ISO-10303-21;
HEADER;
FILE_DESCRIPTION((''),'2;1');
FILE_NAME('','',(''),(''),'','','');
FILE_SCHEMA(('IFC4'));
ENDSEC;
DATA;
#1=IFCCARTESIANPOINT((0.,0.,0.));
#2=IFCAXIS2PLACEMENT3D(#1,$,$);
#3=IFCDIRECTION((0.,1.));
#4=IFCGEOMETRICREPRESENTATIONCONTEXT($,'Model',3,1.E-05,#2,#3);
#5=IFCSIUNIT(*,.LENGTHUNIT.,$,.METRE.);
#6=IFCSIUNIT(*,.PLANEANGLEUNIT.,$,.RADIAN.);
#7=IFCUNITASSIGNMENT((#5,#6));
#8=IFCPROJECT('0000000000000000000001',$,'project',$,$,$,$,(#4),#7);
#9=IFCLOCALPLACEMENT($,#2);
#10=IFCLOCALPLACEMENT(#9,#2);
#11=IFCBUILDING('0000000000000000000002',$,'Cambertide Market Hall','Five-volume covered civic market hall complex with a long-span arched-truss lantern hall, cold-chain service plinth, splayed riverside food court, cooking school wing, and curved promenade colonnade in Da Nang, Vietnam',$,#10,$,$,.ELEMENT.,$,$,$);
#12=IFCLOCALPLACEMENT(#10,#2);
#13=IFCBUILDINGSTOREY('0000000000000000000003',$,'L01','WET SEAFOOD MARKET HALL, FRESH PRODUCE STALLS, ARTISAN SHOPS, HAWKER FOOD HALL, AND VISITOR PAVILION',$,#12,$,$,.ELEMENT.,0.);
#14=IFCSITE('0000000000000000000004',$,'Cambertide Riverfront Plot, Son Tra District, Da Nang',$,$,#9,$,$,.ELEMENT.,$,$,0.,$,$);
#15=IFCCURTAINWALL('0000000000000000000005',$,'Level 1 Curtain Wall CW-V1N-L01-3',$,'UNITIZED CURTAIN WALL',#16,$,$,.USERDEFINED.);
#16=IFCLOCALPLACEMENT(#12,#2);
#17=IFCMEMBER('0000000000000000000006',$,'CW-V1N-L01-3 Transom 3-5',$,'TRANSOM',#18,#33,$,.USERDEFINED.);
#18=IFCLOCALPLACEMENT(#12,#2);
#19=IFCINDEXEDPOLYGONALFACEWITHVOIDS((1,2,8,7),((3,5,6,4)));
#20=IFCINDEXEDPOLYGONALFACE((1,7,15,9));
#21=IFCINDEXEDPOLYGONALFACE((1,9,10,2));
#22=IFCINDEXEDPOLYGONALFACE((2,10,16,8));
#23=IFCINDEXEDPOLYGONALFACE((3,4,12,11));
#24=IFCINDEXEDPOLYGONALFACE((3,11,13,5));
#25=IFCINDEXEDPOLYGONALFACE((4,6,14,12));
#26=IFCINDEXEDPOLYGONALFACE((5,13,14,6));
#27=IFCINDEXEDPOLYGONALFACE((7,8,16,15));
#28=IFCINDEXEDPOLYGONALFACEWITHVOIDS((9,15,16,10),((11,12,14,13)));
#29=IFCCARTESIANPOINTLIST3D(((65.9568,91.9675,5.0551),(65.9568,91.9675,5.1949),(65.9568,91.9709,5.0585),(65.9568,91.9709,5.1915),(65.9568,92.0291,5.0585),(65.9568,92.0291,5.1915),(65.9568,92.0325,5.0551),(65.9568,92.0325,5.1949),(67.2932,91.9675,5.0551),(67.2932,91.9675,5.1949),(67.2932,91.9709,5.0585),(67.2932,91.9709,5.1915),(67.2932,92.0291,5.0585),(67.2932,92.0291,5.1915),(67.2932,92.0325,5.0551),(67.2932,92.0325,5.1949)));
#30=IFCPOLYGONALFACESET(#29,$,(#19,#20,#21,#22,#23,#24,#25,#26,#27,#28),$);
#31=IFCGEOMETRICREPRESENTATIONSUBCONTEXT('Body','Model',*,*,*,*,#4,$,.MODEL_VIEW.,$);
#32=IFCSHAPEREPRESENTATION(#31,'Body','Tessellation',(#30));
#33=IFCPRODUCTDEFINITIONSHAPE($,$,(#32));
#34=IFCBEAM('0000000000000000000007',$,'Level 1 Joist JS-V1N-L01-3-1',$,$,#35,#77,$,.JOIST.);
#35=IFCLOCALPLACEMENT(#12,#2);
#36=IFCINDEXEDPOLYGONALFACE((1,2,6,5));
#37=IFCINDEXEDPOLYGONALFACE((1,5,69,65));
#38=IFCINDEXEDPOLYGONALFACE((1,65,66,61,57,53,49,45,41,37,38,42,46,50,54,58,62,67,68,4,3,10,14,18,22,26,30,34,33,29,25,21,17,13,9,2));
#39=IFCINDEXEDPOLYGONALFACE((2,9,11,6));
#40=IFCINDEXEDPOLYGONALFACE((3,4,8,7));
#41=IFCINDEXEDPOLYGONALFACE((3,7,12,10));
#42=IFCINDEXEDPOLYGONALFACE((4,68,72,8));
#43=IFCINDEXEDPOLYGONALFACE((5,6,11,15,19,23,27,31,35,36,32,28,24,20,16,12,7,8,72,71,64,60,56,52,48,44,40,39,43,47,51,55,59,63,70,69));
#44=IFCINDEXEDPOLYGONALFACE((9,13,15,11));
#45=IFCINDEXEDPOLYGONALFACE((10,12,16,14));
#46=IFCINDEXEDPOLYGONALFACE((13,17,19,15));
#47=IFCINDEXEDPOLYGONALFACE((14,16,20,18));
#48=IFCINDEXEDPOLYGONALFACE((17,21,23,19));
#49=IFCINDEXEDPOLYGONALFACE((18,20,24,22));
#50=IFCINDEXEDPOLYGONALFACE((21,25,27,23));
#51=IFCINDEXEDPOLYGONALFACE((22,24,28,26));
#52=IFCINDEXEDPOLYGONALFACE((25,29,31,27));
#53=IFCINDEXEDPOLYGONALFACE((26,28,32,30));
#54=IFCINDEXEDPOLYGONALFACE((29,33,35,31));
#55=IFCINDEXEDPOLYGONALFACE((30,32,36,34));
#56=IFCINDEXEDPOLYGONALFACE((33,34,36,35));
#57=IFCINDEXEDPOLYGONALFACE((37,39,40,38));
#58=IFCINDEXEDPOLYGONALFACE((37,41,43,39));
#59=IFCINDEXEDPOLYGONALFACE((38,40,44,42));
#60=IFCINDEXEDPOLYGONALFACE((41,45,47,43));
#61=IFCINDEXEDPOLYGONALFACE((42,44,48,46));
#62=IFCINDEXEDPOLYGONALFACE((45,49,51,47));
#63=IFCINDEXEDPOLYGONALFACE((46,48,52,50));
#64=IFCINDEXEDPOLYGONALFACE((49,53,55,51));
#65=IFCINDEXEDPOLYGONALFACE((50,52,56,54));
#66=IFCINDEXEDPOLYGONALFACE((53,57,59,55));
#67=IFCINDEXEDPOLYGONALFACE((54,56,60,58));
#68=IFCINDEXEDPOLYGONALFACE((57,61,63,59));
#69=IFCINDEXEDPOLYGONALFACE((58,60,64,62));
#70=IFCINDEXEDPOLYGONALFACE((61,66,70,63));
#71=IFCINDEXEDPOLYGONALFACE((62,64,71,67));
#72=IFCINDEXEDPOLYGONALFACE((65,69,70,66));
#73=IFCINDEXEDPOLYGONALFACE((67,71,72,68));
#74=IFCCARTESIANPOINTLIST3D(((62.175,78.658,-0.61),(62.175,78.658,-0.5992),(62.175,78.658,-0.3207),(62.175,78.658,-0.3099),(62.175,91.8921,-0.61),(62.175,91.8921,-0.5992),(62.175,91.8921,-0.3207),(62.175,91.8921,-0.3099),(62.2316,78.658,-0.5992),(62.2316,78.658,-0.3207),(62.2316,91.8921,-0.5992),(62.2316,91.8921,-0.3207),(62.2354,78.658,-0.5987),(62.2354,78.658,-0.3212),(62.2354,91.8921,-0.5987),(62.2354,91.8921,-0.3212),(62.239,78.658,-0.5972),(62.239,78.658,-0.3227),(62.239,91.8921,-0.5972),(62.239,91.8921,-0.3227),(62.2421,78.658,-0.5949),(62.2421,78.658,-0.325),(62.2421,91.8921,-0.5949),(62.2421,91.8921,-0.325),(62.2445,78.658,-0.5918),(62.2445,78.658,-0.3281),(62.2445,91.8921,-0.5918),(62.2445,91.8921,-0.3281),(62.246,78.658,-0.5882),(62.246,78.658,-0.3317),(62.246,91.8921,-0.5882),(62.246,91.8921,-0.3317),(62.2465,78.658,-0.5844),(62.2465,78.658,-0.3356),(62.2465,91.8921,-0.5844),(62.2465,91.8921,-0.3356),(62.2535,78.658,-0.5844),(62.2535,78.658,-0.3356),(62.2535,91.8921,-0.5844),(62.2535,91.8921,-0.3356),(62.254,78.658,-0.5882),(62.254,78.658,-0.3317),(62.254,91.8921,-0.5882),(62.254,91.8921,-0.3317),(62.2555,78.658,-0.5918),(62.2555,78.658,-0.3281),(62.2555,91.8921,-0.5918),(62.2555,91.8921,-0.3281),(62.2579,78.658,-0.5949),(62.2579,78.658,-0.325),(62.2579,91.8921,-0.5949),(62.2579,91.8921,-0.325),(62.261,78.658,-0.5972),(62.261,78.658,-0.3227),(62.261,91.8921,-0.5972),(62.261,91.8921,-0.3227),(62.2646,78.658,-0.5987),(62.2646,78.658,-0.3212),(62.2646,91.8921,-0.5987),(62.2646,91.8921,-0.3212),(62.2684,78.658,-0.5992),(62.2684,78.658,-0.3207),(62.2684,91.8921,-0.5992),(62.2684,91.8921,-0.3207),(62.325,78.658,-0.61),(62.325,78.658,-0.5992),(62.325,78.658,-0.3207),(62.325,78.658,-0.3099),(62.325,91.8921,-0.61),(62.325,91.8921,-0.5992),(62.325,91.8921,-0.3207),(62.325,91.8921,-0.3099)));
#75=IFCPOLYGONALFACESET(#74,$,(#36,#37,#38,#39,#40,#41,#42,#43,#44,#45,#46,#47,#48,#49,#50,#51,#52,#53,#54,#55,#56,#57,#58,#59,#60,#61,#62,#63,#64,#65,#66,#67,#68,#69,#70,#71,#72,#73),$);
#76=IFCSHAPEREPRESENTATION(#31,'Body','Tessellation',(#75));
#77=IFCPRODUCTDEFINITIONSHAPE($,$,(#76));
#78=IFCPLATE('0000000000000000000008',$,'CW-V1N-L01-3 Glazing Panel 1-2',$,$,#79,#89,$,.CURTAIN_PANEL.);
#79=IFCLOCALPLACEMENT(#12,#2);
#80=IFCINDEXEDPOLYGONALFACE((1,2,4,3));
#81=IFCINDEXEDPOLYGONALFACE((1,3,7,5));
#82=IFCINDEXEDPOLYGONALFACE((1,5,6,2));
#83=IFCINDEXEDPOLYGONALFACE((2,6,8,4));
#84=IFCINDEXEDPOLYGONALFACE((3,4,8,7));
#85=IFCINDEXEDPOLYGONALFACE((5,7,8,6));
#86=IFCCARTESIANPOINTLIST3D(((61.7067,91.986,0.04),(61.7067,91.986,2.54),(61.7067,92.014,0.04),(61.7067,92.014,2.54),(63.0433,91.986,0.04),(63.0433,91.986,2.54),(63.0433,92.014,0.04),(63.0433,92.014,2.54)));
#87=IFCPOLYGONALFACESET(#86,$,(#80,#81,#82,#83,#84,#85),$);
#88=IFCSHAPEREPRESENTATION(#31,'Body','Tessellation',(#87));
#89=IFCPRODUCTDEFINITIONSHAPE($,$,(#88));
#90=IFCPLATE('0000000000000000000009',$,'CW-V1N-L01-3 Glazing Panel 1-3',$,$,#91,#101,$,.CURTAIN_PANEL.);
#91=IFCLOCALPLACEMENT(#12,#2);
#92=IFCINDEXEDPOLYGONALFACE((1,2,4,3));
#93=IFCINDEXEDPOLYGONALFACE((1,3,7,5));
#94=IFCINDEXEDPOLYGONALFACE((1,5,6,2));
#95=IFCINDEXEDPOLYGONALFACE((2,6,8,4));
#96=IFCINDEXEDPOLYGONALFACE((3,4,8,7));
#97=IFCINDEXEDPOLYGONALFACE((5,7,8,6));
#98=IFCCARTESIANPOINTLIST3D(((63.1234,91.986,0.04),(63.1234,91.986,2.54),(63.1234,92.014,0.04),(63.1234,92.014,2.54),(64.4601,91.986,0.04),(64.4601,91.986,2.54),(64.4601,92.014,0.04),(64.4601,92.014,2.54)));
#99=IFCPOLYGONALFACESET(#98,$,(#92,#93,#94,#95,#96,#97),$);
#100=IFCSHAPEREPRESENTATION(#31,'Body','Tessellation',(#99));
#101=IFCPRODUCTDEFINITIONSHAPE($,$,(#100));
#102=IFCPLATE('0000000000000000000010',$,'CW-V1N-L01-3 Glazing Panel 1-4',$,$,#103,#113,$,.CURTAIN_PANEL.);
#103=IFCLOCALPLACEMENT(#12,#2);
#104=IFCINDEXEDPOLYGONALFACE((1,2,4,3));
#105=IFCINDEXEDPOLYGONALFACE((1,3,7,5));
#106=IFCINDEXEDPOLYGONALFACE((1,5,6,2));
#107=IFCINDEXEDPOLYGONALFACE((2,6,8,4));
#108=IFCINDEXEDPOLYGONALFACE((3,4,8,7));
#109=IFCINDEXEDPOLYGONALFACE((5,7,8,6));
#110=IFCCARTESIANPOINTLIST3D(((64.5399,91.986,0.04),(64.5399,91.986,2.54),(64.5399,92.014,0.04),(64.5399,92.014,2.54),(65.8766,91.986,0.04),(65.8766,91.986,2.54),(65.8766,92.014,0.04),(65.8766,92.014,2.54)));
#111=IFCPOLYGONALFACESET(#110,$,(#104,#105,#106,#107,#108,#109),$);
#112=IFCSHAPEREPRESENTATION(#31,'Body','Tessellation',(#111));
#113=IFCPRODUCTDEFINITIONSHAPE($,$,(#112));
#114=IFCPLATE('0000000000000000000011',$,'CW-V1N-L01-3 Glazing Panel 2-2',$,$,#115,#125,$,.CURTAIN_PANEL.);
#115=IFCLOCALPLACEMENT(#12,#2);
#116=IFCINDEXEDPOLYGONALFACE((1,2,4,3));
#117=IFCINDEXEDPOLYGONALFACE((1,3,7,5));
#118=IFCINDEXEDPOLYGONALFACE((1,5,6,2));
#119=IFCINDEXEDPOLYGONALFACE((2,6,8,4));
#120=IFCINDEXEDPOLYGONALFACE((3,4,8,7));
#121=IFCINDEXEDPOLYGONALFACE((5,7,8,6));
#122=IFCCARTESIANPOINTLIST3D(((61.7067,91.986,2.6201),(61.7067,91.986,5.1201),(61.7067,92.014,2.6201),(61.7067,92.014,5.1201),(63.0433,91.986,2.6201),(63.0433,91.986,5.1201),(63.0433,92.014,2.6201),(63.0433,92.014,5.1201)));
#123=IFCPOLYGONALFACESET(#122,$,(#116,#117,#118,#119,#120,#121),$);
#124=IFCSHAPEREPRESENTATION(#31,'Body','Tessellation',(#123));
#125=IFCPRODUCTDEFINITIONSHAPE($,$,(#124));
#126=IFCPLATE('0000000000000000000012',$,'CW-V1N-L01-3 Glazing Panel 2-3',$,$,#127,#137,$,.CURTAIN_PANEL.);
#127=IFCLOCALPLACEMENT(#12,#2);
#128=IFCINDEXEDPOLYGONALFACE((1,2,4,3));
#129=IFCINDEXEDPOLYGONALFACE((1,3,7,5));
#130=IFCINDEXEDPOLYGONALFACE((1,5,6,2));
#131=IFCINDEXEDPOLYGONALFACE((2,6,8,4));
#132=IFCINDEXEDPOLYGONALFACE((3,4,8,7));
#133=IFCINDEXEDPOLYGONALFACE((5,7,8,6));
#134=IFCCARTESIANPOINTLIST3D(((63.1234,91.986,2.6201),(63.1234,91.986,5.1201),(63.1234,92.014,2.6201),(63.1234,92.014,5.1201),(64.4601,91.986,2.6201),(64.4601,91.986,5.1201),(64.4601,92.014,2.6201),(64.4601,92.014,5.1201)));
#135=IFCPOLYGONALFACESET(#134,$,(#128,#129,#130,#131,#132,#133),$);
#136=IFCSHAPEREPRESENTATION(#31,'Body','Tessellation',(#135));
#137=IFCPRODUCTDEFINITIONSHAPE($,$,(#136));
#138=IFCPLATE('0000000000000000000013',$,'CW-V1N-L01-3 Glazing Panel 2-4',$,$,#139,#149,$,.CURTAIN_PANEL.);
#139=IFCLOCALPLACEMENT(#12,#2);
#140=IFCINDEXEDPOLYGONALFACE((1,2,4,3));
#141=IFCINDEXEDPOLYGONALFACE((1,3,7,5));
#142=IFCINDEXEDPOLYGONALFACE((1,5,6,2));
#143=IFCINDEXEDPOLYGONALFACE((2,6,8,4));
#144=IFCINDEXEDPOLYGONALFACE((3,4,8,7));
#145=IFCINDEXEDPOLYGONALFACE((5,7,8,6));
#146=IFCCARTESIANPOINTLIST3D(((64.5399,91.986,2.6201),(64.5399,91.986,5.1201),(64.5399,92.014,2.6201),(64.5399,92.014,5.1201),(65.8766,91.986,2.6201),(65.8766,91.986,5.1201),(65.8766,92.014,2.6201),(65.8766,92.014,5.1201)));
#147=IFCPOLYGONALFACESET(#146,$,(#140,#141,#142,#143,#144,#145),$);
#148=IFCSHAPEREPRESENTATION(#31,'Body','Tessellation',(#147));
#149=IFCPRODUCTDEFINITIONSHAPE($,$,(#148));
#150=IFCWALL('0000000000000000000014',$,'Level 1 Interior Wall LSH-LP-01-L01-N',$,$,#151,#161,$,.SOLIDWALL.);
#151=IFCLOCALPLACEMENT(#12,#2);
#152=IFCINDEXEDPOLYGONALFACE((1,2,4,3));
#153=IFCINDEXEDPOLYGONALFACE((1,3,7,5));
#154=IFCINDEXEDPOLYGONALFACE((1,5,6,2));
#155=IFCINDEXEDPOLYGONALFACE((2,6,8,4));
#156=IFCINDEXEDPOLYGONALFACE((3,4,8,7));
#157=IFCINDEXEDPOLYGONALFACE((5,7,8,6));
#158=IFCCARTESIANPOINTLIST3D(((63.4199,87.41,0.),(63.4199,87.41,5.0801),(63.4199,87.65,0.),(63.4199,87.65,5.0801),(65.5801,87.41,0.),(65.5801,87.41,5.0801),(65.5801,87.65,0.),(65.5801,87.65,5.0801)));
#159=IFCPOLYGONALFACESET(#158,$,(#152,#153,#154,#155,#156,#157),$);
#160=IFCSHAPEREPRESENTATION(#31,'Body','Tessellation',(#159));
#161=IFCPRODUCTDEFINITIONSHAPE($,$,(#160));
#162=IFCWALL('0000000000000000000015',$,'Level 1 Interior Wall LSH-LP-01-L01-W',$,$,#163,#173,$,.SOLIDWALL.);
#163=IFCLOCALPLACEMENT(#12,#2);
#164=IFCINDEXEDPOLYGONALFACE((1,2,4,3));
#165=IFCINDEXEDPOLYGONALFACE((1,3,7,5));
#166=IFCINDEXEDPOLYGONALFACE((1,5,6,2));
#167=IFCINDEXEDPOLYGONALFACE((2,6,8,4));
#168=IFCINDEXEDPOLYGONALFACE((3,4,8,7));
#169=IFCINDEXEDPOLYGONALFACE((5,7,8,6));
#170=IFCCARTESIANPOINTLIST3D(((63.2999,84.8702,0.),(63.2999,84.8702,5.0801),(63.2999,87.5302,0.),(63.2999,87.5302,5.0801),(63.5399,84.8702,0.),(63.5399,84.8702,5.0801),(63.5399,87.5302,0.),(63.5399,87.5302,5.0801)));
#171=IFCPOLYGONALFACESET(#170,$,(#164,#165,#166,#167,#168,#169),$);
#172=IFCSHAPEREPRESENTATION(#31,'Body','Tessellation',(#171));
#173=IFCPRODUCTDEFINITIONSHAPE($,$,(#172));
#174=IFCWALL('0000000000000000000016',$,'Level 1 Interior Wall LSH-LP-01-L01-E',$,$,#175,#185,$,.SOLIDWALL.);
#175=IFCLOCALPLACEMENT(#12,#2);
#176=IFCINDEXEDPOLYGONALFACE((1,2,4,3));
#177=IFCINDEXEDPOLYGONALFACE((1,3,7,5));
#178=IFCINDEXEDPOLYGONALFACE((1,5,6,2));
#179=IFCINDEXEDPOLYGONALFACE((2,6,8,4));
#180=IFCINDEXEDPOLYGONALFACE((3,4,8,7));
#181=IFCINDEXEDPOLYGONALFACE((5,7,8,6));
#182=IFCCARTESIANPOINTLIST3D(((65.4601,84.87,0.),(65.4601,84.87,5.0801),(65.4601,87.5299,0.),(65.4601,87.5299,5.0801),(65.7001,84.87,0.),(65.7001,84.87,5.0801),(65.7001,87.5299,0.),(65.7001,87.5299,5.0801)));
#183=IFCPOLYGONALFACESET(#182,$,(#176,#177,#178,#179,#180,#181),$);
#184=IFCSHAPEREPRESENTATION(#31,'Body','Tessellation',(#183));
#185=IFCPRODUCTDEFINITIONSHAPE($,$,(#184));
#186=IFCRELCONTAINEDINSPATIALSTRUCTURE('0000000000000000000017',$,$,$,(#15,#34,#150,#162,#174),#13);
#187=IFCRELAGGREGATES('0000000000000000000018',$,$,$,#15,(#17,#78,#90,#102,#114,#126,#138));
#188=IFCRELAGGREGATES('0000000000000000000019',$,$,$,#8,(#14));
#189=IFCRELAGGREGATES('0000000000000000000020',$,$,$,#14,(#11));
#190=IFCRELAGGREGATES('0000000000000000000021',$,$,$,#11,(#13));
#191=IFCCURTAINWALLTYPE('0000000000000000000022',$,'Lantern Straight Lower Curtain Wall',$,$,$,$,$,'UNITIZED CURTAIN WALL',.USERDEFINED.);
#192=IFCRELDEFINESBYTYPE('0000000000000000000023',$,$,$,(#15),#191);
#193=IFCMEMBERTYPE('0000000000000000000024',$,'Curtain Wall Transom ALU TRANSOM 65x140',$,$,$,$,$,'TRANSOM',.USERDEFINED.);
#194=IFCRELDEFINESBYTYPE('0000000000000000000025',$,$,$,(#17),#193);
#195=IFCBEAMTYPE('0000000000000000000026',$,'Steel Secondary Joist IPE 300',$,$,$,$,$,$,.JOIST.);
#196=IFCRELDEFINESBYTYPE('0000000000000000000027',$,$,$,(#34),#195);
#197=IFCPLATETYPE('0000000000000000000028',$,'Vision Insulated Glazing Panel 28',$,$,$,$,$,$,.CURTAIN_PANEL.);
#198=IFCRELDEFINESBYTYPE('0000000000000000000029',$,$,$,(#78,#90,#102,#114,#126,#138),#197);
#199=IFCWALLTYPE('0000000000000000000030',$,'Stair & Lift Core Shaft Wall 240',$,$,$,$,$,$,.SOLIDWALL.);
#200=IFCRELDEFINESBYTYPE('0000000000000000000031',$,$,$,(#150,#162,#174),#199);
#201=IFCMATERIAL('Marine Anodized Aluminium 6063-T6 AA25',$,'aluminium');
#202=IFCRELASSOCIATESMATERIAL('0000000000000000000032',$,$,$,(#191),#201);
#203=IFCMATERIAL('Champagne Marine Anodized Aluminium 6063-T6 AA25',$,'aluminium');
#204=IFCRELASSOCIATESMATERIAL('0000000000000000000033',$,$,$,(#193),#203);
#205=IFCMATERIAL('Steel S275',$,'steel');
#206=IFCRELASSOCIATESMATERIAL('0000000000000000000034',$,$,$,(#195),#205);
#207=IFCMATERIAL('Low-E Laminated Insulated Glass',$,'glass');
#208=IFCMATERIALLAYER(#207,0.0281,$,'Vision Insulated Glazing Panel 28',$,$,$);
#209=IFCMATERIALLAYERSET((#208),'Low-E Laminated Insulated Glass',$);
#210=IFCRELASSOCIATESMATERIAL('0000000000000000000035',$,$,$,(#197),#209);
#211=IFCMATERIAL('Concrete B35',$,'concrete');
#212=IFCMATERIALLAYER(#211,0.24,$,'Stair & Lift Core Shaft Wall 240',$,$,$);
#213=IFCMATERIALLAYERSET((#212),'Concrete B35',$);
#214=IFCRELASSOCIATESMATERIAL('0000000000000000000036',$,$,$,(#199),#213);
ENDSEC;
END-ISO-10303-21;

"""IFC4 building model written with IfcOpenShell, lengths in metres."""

from ifc_helpers import new_model, si_unit, direction, frame, frame_2d, origin, origin_2d, place, context, subcontext, project, spatial, rectangle, hollow_rectangle, i_section, extrude, material, layer, layer_set, material_profile, profile_set, type_object, element, aggregate, save


model = new_model("IFC4")

# Units and contexts
model_context = context("Model", 3, precision=1e-05, world=origin(), true_north=direction((0.0, 1.0)))
body_context = subcontext(model_context, "Body", "Model", "MODEL_VIEW")
ifc_project = project(units=[si_unit("LENGTHUNIT", "METRE"), si_unit("PLANEANGLEUNIT", "RADIAN")], contexts=[model_context])

# Site, building, storey
site_placement = place(None, origin())
site = spatial("IfcSite", under=ifc_project, at=site_placement, Name="Cambertide Riverfront Plot, Son Tra District, Da Nang", CompositionType="ELEMENT", RefElevation=0.0)
building_placement = place(site_placement, origin())
building = spatial("IfcBuilding", under=site, at=building_placement, Name="Cambertide Market Hall", Description="Five-volume covered civic market hall complex with a long-span arched-truss lantern hall, cold-chain service plinth, splayed riverside food court, cooking school wing, and curved promenade colonnade in Da Nang, Vietnam", CompositionType="ELEMENT")
storey_placement = place(building_placement, origin())
storey = spatial("IfcBuildingStorey", under=building, at=storey_placement, Name="L01", Description="WET SEAFOOD MARKET HALL, FRESH PRODUCE STALLS, ARTISAN SHOPS, HAWKER FOOD HALL, AND VISITOR PAVILION", CompositionType="ELEMENT", Elevation=0.0)

# Curtain wall, member
ifc_material_1 = material(Name="Marine Anodized Aluminium 6063-T6 AA25", Category="aluminium")
curtain_wall_type = type_object("IfcCurtainWallType", Name="Lantern Straight Lower Curtain Wall", ElementType="UNITIZED CURTAIN WALL", PredefinedType="USERDEFINED", material=ifc_material_1)
curtain_wall_placement = place(storey_placement, origin())
curtain_wall = element("IfcCurtainWall", 1, at=curtain_wall_placement, inside=storey, type_object=curtain_wall_type, Name="Level 1 Curtain Wall CW-V1N-L01-3", ObjectType="UNITIZED CURTAIN WALL", PredefinedType="USERDEFINED")
ifc_material_2 = material(Name="Champagne Marine Anodized Aluminium 6063-T6 AA25", Category="aluminium")
ifc_material_profile_1 = material_profile(ifc_material_2, hollow_rectangle(XDim=0.0649, YDim=0.1399, WallThickness=0.0034, at=origin_2d()), Name="ALU TRANSOM 65x140")
ifc_profile_set_1 = profile_set([ifc_material_profile_1], Name="Champagne Marine Anodized Aluminium 6063-T6 AA25")
member_type_1 = type_object("IfcMemberType", Name="Curtain Wall Transom ALU TRANSOM 65x140", ElementType="TRANSOM", PredefinedType="USERDEFINED", material=ifc_profile_set_1)
member_1_placement = place(storey_placement, frame((65.9568, 92.0, 5.125), z_axis=(1.0, 0.0, 0.0), x_axis=(0.0, 1.0, 0.0)))
member_1 = element("IfcMember", 2, at=member_1_placement, type_object=member_type_1, Name="CW-V1N-L01-3 Transom 3-5", ObjectType="TRANSOM", PredefinedType="USERDEFINED", context=body_context, shape_type="SweptSolid", body=[
    extrude(hollow_rectangle(XDim=0.0649, YDim=0.1399, WallThickness=0.0034, at=origin_2d()), origin(), (0.0, 0.0, 1.0), 1.3364),
])

# Beam
ifc_material_3 = material(Name="Steel S275", Category="steel")
ifc_material_profile_2 = material_profile(ifc_material_3, i_section(OverallWidth=0.1499, OverallDepth=0.3, WebThickness=0.0071, FlangeThickness=0.0107, FilletRadius=0.0149, at=origin_2d()), Name="IPE 300")
ifc_profile_set_2 = profile_set([ifc_material_profile_2], Name="Steel S275")
beam_type = type_object("IfcBeamType", Name="Steel Secondary Joist IPE 300", PredefinedType="JOIST", material=ifc_profile_set_2)
beam_placement = place(storey_placement, frame((62.25, 78.658, -0.46), z_axis=(0.0, 1.0, 0.0), x_axis=(-1.0, 0.0, 0.0)))
element("IfcBeam", 3, at=beam_placement, inside=storey, type_object=beam_type, Name="Level 1 Joist JS-V1N-L01-3-1", PredefinedType="JOIST", context=body_context, shape_type="SweptSolid", body=[
    extrude(i_section(OverallWidth=0.1499, OverallDepth=0.3, WebThickness=0.0071, FlangeThickness=0.0107, FilletRadius=0.0149, at=origin_2d()), origin(), (0.0, 0.0, 1.0), 13.2341),
])

# Plates
ifc_material_4 = material(Name="Low-E Laminated Insulated Glass", Category="glass")
ifc_layer_1 = layer(ifc_material_4, 0.0281, Name="Vision Insulated Glazing Panel 28")
ifc_layer_set_1 = layer_set([ifc_layer_1], Name="Low-E Laminated Insulated Glass")
plate_type = type_object("IfcPlateType", Name="Vision Insulated Glazing Panel 28", PredefinedType="CURTAIN_PANEL", material=ifc_layer_set_1)
plate_1_placement = place(storey_placement, frame((62.375, 92.0, 0.04), z_axis=(0.0, 0.0, 1.0), x_axis=(1.0, 0.0, 0.0)))
plate_1 = element("IfcPlate", 4, at=plate_1_placement, type_object=plate_type, Name="CW-V1N-L01-3 Glazing Panel 1-2", PredefinedType="CURTAIN_PANEL", context=body_context, shape_type="SweptSolid", body=[
    extrude(rectangle(XDim=1.3367, YDim=0.0281, at=origin_2d()), origin(), (0.0, 0.0, 1.0), 2.5),
])
plate_2_placement = place(storey_placement, frame((63.7917, 92.0, 0.04), z_axis=(0.0, 0.0, 1.0), x_axis=(1.0, 0.0, 0.0)))
plate_2 = element("IfcPlate", 5, at=plate_2_placement, type_object=plate_type, Name="CW-V1N-L01-3 Glazing Panel 1-3", PredefinedType="CURTAIN_PANEL", context=body_context, shape_type="SweptSolid", body=[
    extrude(rectangle(XDim=1.3367, YDim=0.0281, at=origin_2d()), origin(), (0.0, 0.0, 1.0), 2.5),
])
plate_3_placement = place(storey_placement, frame((65.2083, 92.0, 0.04), z_axis=(0.0, 0.0, 1.0), x_axis=(1.0, 0.0, 0.0)))
plate_3 = element("IfcPlate", 6, at=plate_3_placement, type_object=plate_type, Name="CW-V1N-L01-3 Glazing Panel 1-4", PredefinedType="CURTAIN_PANEL", context=body_context, shape_type="SweptSolid", body=[
    extrude(rectangle(XDim=1.3367, YDim=0.0281, at=origin_2d()), origin(), (0.0, 0.0, 1.0), 2.5),
])
plate_4_placement = place(storey_placement, frame((62.375, 92.0, 2.6201), z_axis=(0.0, 0.0, 1.0), x_axis=(1.0, 0.0, 0.0)))
plate_4 = element("IfcPlate", 7, at=plate_4_placement, type_object=plate_type, Name="CW-V1N-L01-3 Glazing Panel 2-2", PredefinedType="CURTAIN_PANEL", context=body_context, shape_type="SweptSolid", body=[
    extrude(rectangle(XDim=1.3367, YDim=0.0281, at=origin_2d()), origin(), (0.0, 0.0, 1.0), 2.5),
])
plate_5_placement = place(storey_placement, frame((63.7917, 92.0, 2.6201), z_axis=(0.0, 0.0, 1.0), x_axis=(1.0, 0.0, 0.0)))
plate_5 = element("IfcPlate", 8, at=plate_5_placement, type_object=plate_type, Name="CW-V1N-L01-3 Glazing Panel 2-3", PredefinedType="CURTAIN_PANEL", context=body_context, shape_type="SweptSolid", body=[
    extrude(rectangle(XDim=1.3367, YDim=0.0281, at=origin_2d()), origin(), (0.0, 0.0, 1.0), 2.5),
])
plate_6_placement = place(storey_placement, frame((65.2083, 92.0, 2.6201), z_axis=(0.0, 0.0, 1.0), x_axis=(1.0, 0.0, 0.0)))
plate_6 = element("IfcPlate", 9, at=plate_6_placement, type_object=plate_type, Name="CW-V1N-L01-3 Glazing Panel 2-4", PredefinedType="CURTAIN_PANEL", context=body_context, shape_type="SweptSolid", body=[
    extrude(rectangle(XDim=1.3367, YDim=0.0281, at=origin_2d()), origin(), (0.0, 0.0, 1.0), 2.5),
])
aggregate(curtain_wall, [member_1, plate_1, plate_2, plate_3, plate_4, plate_5, plate_6])

# Shared definitions
ifc_material_5 = material(Name="Concrete B35", Category="concrete")
ifc_layer_2 = layer(ifc_material_5, 0.24, Name="Stair & Lift Core Shaft Wall 240")
ifc_layer_set_2 = layer_set([ifc_layer_2], Name="Concrete B35")
wall_type_1 = type_object("IfcWallType", Name="Stair & Lift Core Shaft Wall 240", PredefinedType="SOLIDWALL", material=ifc_layer_set_2)

# Walls
wall_1_placement = place(storey_placement, frame((63.4199, 87.53, 0.0), z_axis=(0.0, 0.0, 1.0), x_axis=(1.0, 0.0, 0.0)))
element("IfcWall", 10, at=wall_1_placement, inside=storey, type_object=wall_type_1, Name="Level 1 Interior Wall LSH-LP-01-L01-N", PredefinedType="SOLIDWALL", context=body_context, shape_type="SweptSolid", body=[
    extrude(rectangle(XDim=2.1602, YDim=0.24, at=frame_2d((1.0801, 0.0))), origin(), (0.0, 0.0, 1.0), 5.0801),
])
for number, where, z_axis, x_axis, name in (
    (11, (63.4199, 84.8701, 0.0), (0.0, 0.0, 1.0), (0.0, 1.0, 0.0), "Level 1 Interior Wall LSH-LP-01-L01-W"),
    (12, (65.5801, 87.53, 0.0), (0.0, 0.0, 1.0), (0.0, -1.0, 0.0), "Level 1 Interior Wall LSH-LP-01-L01-E"),
):
    element("IfcWall", number, at=place(storey_placement, frame(where, z_axis=z_axis, x_axis=x_axis)), inside=storey, type_object=wall_type_1, Name=name, PredefinedType="SOLIDWALL", context=body_context, shape_type="SweptSolid", body=[
        extrude(rectangle(XDim=2.6599, YDim=0.24, at=frame_2d((1.3301, 0.0))), origin(), (0.0, 0.0, 1.0), 5.0801),
    ])

save(model, "model.ifc")
